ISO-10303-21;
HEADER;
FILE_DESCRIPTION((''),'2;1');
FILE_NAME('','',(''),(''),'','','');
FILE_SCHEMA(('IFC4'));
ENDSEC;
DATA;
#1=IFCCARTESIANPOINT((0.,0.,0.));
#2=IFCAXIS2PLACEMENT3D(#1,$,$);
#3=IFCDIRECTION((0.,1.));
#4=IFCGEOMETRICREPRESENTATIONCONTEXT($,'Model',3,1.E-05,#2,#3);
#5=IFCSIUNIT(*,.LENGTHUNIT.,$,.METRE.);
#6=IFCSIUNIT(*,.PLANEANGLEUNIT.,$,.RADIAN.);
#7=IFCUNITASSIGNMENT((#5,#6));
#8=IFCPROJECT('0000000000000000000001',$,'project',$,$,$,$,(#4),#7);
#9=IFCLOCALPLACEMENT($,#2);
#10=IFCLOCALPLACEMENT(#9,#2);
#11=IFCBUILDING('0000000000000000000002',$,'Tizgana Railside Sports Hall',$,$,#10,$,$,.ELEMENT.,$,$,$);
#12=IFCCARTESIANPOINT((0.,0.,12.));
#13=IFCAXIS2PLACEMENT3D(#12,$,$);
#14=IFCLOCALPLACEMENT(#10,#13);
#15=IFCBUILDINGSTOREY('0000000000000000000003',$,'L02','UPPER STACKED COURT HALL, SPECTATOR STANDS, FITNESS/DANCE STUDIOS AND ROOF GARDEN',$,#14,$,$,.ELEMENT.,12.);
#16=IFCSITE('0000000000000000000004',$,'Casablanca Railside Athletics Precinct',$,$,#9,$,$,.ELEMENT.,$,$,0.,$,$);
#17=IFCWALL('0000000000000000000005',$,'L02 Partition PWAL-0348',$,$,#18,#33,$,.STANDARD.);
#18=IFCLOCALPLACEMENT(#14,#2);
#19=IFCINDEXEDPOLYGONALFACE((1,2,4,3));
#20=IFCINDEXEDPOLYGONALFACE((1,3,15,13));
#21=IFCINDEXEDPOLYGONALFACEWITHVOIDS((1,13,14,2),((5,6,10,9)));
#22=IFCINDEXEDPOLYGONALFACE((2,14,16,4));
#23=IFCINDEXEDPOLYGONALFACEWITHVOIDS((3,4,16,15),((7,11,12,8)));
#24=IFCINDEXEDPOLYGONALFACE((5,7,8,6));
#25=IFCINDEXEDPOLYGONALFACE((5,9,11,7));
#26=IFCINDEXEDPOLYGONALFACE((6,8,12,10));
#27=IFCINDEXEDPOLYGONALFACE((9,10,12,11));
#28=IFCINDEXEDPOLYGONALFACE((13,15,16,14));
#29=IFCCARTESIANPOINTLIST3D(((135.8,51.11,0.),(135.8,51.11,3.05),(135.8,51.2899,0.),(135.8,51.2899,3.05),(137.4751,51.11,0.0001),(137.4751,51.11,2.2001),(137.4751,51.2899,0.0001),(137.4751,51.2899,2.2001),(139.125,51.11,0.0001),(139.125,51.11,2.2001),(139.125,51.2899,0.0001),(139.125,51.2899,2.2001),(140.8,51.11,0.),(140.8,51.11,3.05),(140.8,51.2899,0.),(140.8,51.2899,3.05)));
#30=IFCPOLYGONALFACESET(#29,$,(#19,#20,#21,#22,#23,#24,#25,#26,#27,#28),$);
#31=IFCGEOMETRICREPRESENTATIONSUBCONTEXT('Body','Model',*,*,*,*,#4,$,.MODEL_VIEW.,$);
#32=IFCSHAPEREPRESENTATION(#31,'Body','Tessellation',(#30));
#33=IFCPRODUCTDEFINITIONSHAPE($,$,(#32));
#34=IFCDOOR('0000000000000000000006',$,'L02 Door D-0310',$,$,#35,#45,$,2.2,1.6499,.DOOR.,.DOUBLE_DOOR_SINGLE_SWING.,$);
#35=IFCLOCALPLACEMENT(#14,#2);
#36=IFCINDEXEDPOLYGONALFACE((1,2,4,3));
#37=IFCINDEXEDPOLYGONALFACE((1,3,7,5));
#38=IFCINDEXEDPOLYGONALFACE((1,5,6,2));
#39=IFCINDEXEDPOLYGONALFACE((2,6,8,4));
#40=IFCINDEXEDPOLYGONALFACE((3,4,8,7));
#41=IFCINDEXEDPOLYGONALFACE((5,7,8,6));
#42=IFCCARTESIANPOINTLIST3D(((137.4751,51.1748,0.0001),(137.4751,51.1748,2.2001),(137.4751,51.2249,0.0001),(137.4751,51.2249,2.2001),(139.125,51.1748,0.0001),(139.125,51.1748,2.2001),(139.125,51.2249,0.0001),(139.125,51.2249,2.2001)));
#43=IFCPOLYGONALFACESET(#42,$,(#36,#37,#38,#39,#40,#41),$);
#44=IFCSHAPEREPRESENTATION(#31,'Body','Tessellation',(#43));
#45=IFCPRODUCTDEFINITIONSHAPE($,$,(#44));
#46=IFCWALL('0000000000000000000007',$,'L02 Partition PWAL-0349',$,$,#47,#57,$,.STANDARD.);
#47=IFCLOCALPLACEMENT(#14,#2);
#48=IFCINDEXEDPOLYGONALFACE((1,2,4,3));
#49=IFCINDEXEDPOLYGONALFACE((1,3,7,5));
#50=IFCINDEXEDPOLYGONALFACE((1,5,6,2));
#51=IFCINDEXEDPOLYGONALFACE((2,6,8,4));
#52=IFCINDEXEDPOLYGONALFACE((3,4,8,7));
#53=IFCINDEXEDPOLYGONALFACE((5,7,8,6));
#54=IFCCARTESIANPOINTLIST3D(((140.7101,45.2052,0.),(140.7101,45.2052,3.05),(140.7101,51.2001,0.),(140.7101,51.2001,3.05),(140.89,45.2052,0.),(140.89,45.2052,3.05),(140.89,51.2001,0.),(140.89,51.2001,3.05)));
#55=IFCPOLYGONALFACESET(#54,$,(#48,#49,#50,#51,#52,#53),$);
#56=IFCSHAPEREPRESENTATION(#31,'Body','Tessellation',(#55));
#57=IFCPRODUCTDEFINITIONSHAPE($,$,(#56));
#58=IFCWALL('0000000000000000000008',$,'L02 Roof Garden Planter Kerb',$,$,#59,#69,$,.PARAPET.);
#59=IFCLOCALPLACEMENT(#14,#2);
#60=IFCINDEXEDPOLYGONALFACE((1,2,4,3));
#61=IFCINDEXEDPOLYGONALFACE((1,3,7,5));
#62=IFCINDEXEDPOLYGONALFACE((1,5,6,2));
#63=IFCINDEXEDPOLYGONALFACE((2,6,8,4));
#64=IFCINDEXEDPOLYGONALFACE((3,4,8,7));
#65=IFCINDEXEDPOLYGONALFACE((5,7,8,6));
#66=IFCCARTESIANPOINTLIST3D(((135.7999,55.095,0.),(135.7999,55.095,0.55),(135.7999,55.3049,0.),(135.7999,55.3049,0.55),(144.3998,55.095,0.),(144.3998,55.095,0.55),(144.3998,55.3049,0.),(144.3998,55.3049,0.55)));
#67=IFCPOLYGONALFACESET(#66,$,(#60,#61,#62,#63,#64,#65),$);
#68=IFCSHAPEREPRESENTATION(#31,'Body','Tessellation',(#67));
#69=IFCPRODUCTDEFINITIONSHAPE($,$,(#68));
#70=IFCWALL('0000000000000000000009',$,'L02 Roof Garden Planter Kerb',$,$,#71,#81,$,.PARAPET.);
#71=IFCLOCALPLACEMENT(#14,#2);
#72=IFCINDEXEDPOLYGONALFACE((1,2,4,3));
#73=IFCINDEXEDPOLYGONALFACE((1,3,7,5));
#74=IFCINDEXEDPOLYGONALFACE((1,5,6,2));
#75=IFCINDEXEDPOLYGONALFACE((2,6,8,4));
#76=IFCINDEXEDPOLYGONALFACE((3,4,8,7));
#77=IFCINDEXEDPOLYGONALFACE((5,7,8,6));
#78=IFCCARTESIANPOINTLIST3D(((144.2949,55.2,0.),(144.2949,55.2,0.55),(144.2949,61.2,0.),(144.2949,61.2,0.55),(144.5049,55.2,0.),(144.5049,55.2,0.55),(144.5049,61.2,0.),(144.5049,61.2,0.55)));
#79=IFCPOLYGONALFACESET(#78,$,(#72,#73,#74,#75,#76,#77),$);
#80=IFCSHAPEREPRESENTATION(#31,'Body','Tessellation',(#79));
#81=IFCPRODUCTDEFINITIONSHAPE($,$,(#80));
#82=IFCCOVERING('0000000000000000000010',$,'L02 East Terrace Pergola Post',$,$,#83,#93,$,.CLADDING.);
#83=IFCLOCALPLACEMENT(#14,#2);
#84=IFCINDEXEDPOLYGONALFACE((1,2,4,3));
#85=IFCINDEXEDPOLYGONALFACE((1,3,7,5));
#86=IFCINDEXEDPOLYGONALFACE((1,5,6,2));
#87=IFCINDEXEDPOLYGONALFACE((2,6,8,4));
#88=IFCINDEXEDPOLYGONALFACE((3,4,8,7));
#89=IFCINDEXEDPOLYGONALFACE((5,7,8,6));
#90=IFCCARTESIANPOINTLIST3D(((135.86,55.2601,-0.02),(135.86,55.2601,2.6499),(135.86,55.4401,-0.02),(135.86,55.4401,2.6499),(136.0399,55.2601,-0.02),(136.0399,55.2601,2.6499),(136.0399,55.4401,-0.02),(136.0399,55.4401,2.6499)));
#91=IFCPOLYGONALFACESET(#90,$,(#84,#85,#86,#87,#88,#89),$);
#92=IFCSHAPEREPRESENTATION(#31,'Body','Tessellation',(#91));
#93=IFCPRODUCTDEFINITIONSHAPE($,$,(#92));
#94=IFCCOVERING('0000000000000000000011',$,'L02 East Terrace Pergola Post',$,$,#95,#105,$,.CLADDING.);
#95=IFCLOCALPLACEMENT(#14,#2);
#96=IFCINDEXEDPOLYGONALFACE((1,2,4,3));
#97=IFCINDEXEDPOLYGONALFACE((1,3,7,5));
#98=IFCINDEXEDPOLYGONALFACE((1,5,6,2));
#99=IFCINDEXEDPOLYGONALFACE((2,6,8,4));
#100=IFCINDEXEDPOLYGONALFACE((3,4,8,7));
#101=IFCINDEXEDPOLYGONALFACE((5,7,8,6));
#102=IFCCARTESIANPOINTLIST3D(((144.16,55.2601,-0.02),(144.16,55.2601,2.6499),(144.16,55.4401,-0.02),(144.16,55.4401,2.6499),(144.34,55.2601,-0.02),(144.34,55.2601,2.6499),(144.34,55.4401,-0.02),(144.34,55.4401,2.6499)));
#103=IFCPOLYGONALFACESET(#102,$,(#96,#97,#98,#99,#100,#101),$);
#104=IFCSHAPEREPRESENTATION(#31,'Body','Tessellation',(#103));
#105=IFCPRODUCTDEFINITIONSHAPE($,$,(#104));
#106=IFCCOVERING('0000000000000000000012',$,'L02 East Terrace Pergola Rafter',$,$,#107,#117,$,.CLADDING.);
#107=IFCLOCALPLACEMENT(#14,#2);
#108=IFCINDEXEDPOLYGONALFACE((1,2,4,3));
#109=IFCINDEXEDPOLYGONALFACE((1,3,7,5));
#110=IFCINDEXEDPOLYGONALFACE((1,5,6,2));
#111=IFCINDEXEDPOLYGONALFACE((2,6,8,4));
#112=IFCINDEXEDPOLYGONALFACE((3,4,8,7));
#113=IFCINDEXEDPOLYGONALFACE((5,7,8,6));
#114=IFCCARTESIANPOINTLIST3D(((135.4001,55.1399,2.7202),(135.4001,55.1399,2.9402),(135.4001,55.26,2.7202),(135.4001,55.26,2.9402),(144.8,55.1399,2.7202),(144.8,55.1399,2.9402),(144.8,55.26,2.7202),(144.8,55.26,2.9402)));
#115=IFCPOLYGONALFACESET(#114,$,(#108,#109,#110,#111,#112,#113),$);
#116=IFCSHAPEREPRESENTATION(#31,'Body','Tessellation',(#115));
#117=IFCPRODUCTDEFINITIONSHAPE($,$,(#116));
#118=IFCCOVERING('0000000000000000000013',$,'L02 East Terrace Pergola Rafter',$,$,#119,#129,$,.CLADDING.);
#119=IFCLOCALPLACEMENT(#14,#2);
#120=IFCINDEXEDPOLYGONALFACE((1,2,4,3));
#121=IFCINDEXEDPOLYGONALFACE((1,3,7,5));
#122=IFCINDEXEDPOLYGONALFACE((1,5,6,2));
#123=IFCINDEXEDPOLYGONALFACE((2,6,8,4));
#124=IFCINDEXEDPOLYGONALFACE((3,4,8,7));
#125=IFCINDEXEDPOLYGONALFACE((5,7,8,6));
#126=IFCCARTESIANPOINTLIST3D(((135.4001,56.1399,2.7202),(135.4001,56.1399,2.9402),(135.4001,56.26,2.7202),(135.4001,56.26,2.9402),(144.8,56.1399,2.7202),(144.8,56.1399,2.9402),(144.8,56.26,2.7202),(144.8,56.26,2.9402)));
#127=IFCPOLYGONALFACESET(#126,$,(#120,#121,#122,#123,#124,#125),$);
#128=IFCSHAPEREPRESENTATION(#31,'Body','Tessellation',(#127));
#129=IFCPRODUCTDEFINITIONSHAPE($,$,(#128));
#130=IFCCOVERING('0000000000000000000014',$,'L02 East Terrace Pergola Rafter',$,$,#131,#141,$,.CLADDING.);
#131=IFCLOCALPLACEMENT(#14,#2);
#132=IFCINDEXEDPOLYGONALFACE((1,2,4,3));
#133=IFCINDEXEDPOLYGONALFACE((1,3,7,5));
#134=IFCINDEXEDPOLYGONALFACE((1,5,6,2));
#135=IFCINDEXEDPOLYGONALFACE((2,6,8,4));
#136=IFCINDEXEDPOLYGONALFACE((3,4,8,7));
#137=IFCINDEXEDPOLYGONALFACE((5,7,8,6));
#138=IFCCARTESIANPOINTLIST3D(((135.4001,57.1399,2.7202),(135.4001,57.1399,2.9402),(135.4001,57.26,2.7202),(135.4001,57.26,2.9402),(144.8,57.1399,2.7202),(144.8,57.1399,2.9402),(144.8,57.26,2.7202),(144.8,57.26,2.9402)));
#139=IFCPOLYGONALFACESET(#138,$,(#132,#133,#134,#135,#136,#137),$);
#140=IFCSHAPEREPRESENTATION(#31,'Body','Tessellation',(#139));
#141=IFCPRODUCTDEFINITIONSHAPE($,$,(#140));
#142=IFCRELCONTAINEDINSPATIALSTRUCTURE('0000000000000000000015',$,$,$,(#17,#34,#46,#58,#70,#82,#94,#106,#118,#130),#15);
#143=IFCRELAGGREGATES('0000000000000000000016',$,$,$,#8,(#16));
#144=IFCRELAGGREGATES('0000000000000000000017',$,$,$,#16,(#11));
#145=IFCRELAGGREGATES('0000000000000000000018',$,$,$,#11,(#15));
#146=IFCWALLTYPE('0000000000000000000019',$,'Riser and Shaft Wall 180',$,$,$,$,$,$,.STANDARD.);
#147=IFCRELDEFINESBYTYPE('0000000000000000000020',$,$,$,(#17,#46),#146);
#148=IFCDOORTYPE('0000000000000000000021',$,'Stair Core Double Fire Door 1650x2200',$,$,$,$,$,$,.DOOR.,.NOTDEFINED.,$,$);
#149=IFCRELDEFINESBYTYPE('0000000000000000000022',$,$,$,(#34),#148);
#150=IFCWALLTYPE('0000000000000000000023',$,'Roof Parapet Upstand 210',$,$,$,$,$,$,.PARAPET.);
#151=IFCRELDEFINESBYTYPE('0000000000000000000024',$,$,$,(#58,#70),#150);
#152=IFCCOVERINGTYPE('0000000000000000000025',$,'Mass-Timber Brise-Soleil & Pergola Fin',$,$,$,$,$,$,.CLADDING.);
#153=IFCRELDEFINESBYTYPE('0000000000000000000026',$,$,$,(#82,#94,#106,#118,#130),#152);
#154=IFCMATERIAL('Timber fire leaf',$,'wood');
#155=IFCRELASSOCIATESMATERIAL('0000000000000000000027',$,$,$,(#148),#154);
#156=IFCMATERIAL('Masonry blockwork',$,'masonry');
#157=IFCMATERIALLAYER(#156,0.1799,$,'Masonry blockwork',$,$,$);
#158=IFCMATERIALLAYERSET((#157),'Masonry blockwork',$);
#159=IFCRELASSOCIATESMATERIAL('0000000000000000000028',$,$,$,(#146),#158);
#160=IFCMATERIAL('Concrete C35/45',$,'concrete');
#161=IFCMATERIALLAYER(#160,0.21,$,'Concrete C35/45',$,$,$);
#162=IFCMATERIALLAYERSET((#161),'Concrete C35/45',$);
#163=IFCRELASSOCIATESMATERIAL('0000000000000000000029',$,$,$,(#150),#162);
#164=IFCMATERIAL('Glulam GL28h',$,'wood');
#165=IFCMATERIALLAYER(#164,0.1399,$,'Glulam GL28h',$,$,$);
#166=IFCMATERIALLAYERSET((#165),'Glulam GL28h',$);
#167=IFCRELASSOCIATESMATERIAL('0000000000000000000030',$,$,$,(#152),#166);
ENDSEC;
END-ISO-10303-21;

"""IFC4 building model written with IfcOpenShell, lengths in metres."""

from ifc_helpers import new_model, si_unit, direction, frame, frame_2d, origin, origin_2d, place, context, subcontext, project, spatial, rectangle, extrude, material, layer, layer_set, type_object, element, fill, save


model = new_model("IFC4")

# Units and contexts
model_context = context("Model", 3, precision=1e-05, world=origin(), true_north=direction((0.0, 1.0)))
body_context = subcontext(model_context, "Body", "Model", "MODEL_VIEW")
ifc_project = project(units=[si_unit("LENGTHUNIT", "METRE"), si_unit("PLANEANGLEUNIT", "RADIAN")], contexts=[model_context])

# Site, building, storey
site_placement = place(None, origin())
site = spatial("IfcSite", under=ifc_project, at=site_placement, Name="Casablanca Railside Athletics Precinct", CompositionType="ELEMENT", RefElevation=0.0)
building_placement = place(site_placement, origin())
building = spatial("IfcBuilding", under=site, at=building_placement, Name="Tizgana Railside Sports Hall", CompositionType="ELEMENT")
storey_placement = place(building_placement, frame((0.0, 0.0, 12.0)))
storey = spatial("IfcBuildingStorey", under=building, at=storey_placement, Name="L02", Description="UPPER STACKED COURT HALL, SPECTATOR STANDS, FITNESS/DANCE STUDIOS AND ROOF GARDEN", CompositionType="ELEMENT", Elevation=12.0)

# Shared definitions
ifc_material_1 = material(Name="Timber fire leaf", Category="wood")
door_type_1 = type_object("IfcDoorType", Name="Stair Core Double Fire Door 1650x2200", OperationType="NOTDEFINED", PredefinedType="DOOR", material=ifc_material_1)

# Wall, opening, door
ifc_material_2 = material(Name="Masonry blockwork", Category="masonry")
ifc_layer_1 = layer(ifc_material_2, 0.1799, Name="Masonry blockwork")
ifc_layer_set_1 = layer_set([ifc_layer_1], Name="Masonry blockwork")
wall_type_1 = type_object("IfcWallType", Name="Riser and Shaft Wall 180", PredefinedType="STANDARD", material=ifc_layer_set_1)
wall_1_placement = place(storey_placement, frame((135.8, 51.2, 0.0), z_axis=(0.0, 0.0, 1.0), x_axis=(1.0, 0.0, 0.0)))
wall_1 = element("IfcWall", 1, at=wall_1_placement, inside=storey, type_object=wall_type_1, Name="L02 Partition PWAL-0348", PredefinedType="STANDARD", context=body_context, shape_type="SweptSolid", body=[
    extrude(rectangle(XDim=5.0, YDim=0.1799, at=frame_2d((2.5, 0.0))), origin(), (0.0, 0.0, 1.0), 3.05),
])
opening_1_placement = place(wall_1_placement, frame((1.675, 0.0, 0.0)))
opening_1 = element("IfcOpeningElement", 2, at=opening_1_placement, cuts=wall_1, PredefinedType="OPENING", context=body_context, shape_type="SweptSolid", body=[
    extrude(rectangle(XDim=1.6499, YDim=2.2, at=frame_2d((0.825, 1.1001))), frame((0.0, 0.0999, 0.0), z_axis=(0.0, -1.0, 0.0), x_axis=(1.0, 0.0, 0.0)), (0.0, 0.0, 1.0), 0.2),
])
door_1_placement = place(opening_1_placement, origin())
door_1 = element("IfcDoor", 3, at=door_1_placement, inside=storey, type_object=door_type_1, Name="L02 Door D-0310", OperationType="DOUBLE_DOOR_SINGLE_SWING", OverallHeight=2.2, OverallWidth=1.6499, PredefinedType="DOOR", context=body_context, shape_type="SweptSolid", body=[
    extrude(rectangle(XDim=1.6499, YDim=2.2, at=frame_2d((0.825, 1.1001))), frame((0.0, 0.0249, 0.0), z_axis=(0.0, -1.0, 0.0), x_axis=(1.0, 0.0, 0.0)), (0.0, 0.0, 1.0), 0.05),
])
fill(opening_1, door_1)

# Walls
wall_2_placement = place(storey_placement, frame((140.8, 45.2051, 0.0), z_axis=(0.0, 0.0, 1.0), x_axis=(0.0, 1.0, 0.0)))
element("IfcWall", 4, at=wall_2_placement, inside=storey, type_object=wall_type_1, Name="L02 Partition PWAL-0349", PredefinedType="STANDARD", context=body_context, shape_type="SweptSolid", body=[
    extrude(rectangle(XDim=5.9949, YDim=0.1799, at=frame_2d((2.9976, 0.0))), origin(), (0.0, 0.0, 1.0), 3.05),
])
ifc_material_3 = material(Name="Concrete C35/45", Category="concrete")
ifc_layer_2 = layer(ifc_material_3, 0.21, Name="Concrete C35/45")
ifc_layer_set_2 = layer_set([ifc_layer_2], Name="Concrete C35/45")
wall_type_2 = type_object("IfcWallType", Name="Roof Parapet Upstand 210", PredefinedType="PARAPET", material=ifc_layer_set_2)
wall_3_placement = place(storey_placement, frame((135.8, 55.2, 0.0), z_axis=(0.0, 0.0, 1.0), x_axis=(1.0, 0.0, 0.0)))
element("IfcWall", 5, at=wall_3_placement, inside=storey, type_object=wall_type_2, Name="L02 Roof Garden Planter Kerb", PredefinedType="PARAPET", context=body_context, shape_type="SweptSolid", body=[
    extrude(rectangle(XDim=8.5999, YDim=0.21, at=frame_2d((4.2998, 0.0))), origin(), (0.0, 0.0, 1.0), 0.55),
])
wall_4_placement = place(storey_placement, frame((144.3999, 55.2, 0.0), z_axis=(0.0, 0.0, 1.0), x_axis=(0.0, 1.0, 0.0)))
element("IfcWall", 6, at=wall_4_placement, inside=storey, type_object=wall_type_2, Name="L02 Roof Garden Planter Kerb", PredefinedType="PARAPET", context=body_context, shape_type="SweptSolid", body=[
    extrude(rectangle(XDim=6.0, YDim=0.21, at=frame_2d((3.0, 0.0))), origin(), (0.0, 0.0, 1.0), 0.55),
])

# Coverings
ifc_material_4 = material(Name="Glulam GL28h", Category="wood")
ifc_layer_3 = layer(ifc_material_4, 0.1399, Name="Glulam GL28h")
ifc_layer_set_3 = layer_set([ifc_layer_3], Name="Glulam GL28h")
covering_type = type_object("IfcCoveringType", Name="Mass-Timber Brise-Soleil & Pergola Fin", PredefinedType="CLADDING", material=ifc_layer_set_3)
for number, where, z_axis, x_axis, name in (
    (7, (135.95, 55.3501, -0.02), (0.0, 0.0, 1.0), (1.0, 0.0, 0.0), "L02 East Terrace Pergola Post"),
    (8, (144.25, 55.3501, -0.02), (0.0, 0.0, 1.0), (1.0, 0.0, 0.0), "L02 East Terrace Pergola Post"),
):
    element("IfcCovering", number, at=place(storey_placement, frame(where, z_axis=z_axis, x_axis=x_axis)), inside=storey, type_object=covering_type, Name=name, PredefinedType="CLADDING", context=body_context, shape_type="SweptSolid", body=[
        extrude(rectangle(XDim=0.1799, YDim=0.1799, at=origin_2d()), origin(), (0.0, 0.0, 1.0), 2.6699),
    ])
for number, where, z_axis, x_axis, name in (
    (9, (140.1001, 55.2, 2.7202), (0.0, 0.0, 1.0), (1.0, 0.0, 0.0), "L02 East Terrace Pergola Rafter"),
    (10, (140.1001, 56.2, 2.7202), (0.0, 0.0, 1.0), (1.0, 0.0, 0.0), "L02 East Terrace Pergola Rafter"),
    (11, (140.1001, 57.2, 2.7202), (0.0, 0.0, 1.0), (1.0, 0.0, 0.0), "L02 East Terrace Pergola Rafter"),
):
    element("IfcCovering", number, at=place(storey_placement, frame(where, z_axis=z_axis, x_axis=x_axis)), inside=storey, type_object=covering_type, Name=name, PredefinedType="CLADDING", context=body_context, shape_type="SweptSolid", body=[
        extrude(rectangle(XDim=9.3999, YDim=0.1201, at=origin_2d()), origin(), (0.0, 0.0, 1.0), 0.22),
    ])

save(model, "model.ifc")
